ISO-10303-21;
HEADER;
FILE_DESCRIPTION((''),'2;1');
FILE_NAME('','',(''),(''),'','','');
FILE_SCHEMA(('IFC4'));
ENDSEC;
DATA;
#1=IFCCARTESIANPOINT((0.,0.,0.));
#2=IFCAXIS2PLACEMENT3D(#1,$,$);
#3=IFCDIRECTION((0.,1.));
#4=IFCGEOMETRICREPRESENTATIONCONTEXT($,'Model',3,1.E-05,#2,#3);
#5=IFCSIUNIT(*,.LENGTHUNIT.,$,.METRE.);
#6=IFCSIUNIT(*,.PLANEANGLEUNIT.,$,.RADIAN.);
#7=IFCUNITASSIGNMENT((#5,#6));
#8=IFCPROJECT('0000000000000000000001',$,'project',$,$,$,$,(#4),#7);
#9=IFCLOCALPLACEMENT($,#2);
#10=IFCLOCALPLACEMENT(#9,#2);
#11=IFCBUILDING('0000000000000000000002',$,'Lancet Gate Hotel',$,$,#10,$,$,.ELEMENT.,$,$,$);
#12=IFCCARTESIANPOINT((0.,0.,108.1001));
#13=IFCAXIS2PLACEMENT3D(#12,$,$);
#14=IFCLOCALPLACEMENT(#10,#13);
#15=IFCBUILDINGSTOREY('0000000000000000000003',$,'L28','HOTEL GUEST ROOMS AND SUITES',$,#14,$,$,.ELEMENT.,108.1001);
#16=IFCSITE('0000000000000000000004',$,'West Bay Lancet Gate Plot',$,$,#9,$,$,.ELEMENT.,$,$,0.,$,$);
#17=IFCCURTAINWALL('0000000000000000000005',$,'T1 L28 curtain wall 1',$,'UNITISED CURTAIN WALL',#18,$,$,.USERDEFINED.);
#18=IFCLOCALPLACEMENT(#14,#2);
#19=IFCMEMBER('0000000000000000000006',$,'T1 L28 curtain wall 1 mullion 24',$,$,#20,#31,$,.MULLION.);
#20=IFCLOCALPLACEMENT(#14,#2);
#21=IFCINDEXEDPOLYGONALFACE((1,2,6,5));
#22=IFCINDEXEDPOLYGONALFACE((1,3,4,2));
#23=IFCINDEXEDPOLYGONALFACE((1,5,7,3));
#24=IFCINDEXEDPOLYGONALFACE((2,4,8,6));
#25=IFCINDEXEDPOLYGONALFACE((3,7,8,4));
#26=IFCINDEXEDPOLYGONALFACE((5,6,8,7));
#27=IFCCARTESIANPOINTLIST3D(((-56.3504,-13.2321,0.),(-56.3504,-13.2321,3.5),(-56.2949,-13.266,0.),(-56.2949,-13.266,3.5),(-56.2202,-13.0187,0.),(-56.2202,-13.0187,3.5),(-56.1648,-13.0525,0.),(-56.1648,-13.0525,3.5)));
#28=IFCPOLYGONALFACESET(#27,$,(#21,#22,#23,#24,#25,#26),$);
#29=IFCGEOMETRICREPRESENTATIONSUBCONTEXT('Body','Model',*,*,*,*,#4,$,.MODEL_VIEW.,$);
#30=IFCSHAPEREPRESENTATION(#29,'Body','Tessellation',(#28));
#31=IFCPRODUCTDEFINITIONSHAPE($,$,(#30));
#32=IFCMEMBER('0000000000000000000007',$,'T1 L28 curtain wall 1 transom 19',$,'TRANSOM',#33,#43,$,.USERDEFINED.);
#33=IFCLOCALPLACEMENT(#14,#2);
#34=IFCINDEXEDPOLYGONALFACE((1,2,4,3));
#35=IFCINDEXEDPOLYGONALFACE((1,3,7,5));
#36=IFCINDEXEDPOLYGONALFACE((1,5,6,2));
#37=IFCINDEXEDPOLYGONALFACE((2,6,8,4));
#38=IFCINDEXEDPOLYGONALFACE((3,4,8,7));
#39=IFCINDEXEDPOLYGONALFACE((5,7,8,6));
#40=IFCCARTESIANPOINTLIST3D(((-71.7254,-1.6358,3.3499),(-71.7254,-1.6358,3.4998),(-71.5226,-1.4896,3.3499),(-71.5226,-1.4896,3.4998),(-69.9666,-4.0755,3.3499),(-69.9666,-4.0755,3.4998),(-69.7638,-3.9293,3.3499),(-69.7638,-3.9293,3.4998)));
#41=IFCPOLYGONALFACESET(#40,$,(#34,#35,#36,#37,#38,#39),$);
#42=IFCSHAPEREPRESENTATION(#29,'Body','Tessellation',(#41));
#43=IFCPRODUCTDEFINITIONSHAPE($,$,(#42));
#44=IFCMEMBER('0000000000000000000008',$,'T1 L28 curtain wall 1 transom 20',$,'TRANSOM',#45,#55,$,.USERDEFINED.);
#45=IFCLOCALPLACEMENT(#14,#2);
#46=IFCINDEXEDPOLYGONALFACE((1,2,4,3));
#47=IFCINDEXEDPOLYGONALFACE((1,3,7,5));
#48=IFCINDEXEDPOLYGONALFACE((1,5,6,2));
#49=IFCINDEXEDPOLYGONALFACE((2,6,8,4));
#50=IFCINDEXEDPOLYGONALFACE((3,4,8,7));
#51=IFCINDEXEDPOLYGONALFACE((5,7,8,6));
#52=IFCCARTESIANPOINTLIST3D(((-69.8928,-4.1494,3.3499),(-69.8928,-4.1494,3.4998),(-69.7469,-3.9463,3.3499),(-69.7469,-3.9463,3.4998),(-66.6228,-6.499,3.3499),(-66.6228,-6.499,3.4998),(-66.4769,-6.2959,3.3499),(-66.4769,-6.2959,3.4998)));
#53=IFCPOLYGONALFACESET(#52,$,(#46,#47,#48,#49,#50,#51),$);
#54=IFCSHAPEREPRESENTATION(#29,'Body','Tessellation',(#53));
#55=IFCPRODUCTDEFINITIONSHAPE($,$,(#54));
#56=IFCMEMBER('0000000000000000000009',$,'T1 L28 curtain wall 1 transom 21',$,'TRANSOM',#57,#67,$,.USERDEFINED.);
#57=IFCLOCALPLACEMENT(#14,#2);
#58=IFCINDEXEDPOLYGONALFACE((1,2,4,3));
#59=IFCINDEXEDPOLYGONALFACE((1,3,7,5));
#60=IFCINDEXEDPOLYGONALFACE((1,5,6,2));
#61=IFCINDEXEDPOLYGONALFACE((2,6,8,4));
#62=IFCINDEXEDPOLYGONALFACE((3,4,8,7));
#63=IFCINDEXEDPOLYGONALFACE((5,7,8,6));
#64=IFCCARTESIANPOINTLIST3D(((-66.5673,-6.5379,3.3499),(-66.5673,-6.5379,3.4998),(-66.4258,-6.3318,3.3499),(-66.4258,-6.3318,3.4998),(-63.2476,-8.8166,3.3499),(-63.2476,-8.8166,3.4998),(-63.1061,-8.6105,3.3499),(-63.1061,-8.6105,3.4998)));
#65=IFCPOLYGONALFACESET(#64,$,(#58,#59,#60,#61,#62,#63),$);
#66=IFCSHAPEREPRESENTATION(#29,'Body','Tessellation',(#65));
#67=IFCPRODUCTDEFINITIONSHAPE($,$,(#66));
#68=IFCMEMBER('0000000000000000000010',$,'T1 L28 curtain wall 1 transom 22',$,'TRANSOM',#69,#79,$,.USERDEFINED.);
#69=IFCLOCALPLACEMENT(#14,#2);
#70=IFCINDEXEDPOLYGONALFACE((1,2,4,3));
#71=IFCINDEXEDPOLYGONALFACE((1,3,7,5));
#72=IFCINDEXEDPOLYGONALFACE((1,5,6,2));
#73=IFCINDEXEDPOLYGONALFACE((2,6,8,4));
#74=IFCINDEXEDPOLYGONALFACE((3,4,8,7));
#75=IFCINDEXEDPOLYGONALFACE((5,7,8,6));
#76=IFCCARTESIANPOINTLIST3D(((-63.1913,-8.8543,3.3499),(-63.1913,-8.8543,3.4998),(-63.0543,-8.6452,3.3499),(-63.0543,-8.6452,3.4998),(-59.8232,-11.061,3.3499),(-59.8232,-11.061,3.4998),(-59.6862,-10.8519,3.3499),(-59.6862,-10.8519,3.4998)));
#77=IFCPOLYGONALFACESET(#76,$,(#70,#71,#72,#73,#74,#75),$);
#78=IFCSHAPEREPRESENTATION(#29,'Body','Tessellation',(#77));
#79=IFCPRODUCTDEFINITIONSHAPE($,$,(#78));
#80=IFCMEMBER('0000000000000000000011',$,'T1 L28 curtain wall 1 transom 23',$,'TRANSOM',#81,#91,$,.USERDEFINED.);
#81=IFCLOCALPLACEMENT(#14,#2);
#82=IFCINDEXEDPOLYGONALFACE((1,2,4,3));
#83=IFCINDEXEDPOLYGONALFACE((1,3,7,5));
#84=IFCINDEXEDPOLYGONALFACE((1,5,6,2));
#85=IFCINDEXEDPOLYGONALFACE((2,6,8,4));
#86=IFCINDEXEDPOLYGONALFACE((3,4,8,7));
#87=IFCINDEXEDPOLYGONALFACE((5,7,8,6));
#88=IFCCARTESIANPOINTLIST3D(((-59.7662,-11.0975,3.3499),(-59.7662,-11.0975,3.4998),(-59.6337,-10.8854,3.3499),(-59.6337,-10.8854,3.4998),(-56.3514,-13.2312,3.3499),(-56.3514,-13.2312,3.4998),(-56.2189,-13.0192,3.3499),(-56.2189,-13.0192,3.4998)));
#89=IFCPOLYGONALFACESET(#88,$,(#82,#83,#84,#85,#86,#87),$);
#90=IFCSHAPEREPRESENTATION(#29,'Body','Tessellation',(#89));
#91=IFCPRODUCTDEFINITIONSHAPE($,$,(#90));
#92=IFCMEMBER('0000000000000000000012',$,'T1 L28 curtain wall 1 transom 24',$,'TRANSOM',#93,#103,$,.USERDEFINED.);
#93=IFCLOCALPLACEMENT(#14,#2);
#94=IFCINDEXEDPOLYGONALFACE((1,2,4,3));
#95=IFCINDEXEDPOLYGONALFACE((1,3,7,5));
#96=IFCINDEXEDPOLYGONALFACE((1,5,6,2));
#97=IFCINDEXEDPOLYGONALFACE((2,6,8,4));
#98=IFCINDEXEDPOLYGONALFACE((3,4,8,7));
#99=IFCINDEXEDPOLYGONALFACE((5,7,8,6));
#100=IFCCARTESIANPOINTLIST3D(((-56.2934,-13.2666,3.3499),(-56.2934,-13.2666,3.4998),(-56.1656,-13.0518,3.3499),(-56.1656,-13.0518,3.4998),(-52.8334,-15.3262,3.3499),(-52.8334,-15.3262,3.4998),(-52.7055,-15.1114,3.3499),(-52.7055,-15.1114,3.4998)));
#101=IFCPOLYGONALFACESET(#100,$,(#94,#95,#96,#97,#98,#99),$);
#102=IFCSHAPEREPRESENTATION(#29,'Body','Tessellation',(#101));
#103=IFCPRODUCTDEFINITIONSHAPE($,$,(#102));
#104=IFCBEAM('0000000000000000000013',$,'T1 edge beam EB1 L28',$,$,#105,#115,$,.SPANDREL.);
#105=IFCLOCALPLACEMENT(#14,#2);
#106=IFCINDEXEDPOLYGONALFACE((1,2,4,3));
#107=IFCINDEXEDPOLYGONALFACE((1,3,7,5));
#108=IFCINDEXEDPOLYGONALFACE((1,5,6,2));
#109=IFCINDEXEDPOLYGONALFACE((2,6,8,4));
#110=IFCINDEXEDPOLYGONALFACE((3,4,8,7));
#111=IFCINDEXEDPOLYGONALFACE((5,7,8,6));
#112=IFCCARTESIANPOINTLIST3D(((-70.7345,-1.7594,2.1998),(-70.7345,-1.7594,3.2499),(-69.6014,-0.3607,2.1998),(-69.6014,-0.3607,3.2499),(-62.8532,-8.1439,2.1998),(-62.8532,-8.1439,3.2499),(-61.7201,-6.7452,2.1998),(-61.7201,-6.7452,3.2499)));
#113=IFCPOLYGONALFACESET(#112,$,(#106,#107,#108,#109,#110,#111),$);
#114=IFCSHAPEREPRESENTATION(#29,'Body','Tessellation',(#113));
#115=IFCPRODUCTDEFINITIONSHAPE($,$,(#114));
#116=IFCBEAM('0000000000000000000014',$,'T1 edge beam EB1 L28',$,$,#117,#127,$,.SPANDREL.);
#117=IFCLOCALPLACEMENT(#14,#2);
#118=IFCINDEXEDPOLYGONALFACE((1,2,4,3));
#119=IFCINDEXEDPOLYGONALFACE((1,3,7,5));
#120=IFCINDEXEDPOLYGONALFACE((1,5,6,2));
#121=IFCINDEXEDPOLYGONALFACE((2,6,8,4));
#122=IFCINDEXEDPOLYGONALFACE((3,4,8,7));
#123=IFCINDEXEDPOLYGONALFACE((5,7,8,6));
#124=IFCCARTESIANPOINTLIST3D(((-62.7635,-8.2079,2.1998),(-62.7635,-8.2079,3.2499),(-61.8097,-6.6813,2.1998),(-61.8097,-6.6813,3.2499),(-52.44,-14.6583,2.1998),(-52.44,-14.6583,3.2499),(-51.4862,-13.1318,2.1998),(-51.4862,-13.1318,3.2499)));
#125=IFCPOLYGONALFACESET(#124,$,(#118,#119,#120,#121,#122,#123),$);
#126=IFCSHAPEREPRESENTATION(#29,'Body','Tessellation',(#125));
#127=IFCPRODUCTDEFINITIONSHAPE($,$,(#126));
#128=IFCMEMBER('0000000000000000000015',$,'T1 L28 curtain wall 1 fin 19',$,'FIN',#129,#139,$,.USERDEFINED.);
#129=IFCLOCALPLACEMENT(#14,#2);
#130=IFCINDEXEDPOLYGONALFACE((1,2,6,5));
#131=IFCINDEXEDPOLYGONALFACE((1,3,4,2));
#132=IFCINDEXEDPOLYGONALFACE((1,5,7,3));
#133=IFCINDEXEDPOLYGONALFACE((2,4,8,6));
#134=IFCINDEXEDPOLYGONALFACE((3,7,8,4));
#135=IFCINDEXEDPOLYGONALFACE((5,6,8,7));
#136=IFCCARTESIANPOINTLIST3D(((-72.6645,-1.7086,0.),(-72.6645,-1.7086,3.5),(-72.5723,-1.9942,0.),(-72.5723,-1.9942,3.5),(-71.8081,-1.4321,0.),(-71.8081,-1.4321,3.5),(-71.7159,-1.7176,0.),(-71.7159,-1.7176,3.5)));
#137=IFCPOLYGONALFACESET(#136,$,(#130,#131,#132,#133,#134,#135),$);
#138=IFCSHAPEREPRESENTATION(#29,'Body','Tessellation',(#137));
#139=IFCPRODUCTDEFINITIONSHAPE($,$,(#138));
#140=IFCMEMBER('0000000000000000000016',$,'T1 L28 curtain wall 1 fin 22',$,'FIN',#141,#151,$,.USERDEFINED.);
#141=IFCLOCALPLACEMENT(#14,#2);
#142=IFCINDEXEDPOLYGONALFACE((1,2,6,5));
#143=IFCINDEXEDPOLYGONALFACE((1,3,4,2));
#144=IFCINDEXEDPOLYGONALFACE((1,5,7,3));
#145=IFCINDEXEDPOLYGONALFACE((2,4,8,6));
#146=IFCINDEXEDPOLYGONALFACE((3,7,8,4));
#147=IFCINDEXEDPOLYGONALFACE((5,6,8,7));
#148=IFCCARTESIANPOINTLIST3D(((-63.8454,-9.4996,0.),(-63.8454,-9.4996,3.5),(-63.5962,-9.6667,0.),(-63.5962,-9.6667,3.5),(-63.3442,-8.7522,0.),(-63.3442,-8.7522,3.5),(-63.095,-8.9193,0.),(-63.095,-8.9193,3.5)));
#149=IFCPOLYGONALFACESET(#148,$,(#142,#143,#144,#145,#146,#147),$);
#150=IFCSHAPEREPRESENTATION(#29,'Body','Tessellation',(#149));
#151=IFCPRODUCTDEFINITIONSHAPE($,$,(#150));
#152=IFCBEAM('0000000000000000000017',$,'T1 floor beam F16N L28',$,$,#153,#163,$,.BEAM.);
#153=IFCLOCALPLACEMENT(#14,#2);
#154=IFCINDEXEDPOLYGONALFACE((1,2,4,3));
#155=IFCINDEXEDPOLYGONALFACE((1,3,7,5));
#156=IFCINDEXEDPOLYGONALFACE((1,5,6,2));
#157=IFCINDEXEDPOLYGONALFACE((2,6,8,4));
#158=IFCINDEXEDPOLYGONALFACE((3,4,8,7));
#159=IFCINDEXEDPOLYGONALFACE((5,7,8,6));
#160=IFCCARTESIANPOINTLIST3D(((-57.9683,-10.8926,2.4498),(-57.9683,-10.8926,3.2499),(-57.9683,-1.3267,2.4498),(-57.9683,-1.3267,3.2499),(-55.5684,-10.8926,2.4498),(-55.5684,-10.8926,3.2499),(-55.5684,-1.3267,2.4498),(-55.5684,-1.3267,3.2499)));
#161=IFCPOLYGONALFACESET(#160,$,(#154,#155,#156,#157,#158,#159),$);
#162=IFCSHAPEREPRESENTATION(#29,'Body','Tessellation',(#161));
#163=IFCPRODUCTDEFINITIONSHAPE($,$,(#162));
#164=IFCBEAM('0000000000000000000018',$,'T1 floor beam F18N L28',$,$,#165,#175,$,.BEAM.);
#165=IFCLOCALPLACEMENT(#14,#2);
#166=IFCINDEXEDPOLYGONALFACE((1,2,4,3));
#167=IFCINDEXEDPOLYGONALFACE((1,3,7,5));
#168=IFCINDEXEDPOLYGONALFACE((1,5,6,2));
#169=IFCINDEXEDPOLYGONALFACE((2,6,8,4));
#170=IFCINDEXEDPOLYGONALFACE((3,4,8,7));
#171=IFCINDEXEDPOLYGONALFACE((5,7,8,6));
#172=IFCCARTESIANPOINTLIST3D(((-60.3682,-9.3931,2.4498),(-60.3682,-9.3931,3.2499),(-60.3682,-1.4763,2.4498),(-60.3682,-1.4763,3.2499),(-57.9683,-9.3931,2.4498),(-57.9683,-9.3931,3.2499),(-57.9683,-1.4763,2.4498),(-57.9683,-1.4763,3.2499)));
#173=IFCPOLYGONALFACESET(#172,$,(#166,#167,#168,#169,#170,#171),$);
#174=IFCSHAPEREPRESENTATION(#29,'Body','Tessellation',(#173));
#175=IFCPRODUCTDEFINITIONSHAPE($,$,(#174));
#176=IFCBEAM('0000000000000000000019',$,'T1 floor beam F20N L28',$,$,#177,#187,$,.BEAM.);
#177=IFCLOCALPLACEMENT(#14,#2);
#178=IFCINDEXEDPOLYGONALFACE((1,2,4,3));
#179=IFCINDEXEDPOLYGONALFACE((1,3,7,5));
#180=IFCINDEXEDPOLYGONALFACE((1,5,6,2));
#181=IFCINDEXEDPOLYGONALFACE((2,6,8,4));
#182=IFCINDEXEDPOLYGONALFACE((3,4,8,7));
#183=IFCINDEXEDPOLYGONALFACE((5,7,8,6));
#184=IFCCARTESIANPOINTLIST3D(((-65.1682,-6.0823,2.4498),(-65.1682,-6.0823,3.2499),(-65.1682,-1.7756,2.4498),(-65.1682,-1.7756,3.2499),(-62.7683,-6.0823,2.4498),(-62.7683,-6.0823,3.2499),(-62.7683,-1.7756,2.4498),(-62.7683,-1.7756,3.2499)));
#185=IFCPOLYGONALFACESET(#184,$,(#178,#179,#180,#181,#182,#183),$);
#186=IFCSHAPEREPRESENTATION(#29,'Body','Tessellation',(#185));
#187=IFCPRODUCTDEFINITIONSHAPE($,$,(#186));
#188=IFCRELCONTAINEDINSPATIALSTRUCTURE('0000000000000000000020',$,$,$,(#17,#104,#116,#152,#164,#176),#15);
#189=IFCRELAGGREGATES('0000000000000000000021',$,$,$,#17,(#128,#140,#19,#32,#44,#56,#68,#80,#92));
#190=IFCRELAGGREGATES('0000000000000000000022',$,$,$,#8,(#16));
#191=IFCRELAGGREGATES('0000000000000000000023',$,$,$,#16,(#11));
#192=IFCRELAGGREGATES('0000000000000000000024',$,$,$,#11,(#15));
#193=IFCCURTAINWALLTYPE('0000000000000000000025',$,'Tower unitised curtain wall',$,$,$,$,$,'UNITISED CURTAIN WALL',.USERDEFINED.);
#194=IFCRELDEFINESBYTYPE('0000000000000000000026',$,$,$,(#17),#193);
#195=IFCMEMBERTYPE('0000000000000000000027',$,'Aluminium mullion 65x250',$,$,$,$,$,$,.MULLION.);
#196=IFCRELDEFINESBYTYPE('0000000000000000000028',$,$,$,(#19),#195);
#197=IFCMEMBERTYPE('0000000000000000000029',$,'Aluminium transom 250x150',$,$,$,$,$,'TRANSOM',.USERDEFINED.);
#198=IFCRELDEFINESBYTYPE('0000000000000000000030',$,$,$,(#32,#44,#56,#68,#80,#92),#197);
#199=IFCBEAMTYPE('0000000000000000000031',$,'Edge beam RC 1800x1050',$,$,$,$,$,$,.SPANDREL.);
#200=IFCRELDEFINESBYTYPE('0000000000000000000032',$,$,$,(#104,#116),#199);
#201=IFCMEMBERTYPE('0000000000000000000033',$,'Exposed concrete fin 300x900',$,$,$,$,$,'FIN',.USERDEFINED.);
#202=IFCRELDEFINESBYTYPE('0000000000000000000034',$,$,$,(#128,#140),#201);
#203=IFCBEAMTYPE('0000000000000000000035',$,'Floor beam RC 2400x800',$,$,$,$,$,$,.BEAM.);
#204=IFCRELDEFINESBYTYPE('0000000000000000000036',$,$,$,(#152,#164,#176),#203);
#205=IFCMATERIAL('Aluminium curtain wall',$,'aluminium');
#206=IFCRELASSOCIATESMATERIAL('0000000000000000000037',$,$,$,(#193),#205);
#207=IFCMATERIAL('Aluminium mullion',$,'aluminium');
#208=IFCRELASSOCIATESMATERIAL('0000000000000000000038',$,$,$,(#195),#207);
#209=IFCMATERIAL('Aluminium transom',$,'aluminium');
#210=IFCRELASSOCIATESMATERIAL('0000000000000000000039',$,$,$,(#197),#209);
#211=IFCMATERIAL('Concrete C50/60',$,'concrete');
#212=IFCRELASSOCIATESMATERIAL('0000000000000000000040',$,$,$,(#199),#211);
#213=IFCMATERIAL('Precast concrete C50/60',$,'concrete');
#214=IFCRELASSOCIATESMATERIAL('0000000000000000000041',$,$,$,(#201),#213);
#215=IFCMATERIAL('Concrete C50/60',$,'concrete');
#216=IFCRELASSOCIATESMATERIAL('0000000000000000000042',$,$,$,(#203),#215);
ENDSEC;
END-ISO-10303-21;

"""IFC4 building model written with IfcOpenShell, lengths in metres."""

from ifc_helpers import new_model, si_unit, direction, frame, origin, origin_2d, place, context, subcontext, project, spatial, rectangle, extrude, material, material_profile, profile_set, type_object, element, aggregate, save


model = new_model("IFC4")

# Units and contexts
model_context = context("Model", 3, precision=1e-05, world=origin(), true_north=direction((0.0, 1.0)))
body_context = subcontext(model_context, "Body", "Model", "MODEL_VIEW")
ifc_project = project(units=[si_unit("LENGTHUNIT", "METRE"), si_unit("PLANEANGLEUNIT", "RADIAN")], contexts=[model_context])

# Site, building, storey
site_placement = place(None, origin())
site = spatial("IfcSite", under=ifc_project, at=site_placement, Name="West Bay Lancet Gate Plot", CompositionType="ELEMENT", RefElevation=0.0)
building_placement = place(site_placement, origin())
building = spatial("IfcBuilding", under=site, at=building_placement, Name="Lancet Gate Hotel", CompositionType="ELEMENT")
storey_placement = place(building_placement, frame((0.0, 0.0, 108.1001)))
storey = spatial("IfcBuildingStorey", under=building, at=storey_placement, Name="L28", Description="HOTEL GUEST ROOMS AND SUITES", CompositionType="ELEMENT", Elevation=108.1001)

# Curtain wall, members
ifc_material_1 = material(Name="Aluminium curtain wall", Category="aluminium")
curtain_wall_type = type_object("IfcCurtainWallType", Name="Tower unitised curtain wall", ElementType="UNITISED CURTAIN WALL", PredefinedType="USERDEFINED", material=ifc_material_1)
curtain_wall_placement = place(storey_placement, origin())
curtain_wall = element("IfcCurtainWall", 1, at=curtain_wall_placement, inside=storey, type_object=curtain_wall_type, Name="T1 L28 curtain wall 1", ObjectType="UNITISED CURTAIN WALL", PredefinedType="USERDEFINED")
ifc_material_2 = material(Name="Aluminium mullion", Category="aluminium")
ifc_material_profile_1 = material_profile(ifc_material_2, rectangle(XDim=0.0649, YDim=0.25, at=origin_2d()), Name="MULLION 65x250")
ifc_profile_set_1 = profile_set([ifc_material_profile_1], Name="Aluminium mullion")
member_type_1 = type_object("IfcMemberType", Name="Aluminium mullion 65x250", PredefinedType="MULLION", material=ifc_profile_set_1)
member_1_placement = place(storey_placement, frame((-56.2576, -13.1423, 0.0), z_axis=(0.0, 0.0, 1.0), x_axis=(0.853716, -0.520739, 0.0)))
member_1 = element("IfcMember", 2, at=member_1_placement, type_object=member_type_1, Name="T1 L28 curtain wall 1 mullion 24", PredefinedType="MULLION", context=body_context, shape_type="SweptSolid", body=[
    extrude(rectangle(XDim=0.0649, YDim=0.25, at=origin_2d()), origin(), (0.0, 0.0, 1.0), 3.5),
])
ifc_material_3 = material(Name="Aluminium transom", Category="aluminium")
ifc_material_profile_2 = material_profile(ifc_material_3, rectangle(XDim=0.25, YDim=0.1499, at=origin_2d()), Name="TRANSOM 250x150")
ifc_profile_set_2 = profile_set([ifc_material_profile_2], Name="Aluminium transom")
member_type_2 = type_object("IfcMemberType", Name="Aluminium transom 250x150", ElementType="TRANSOM", PredefinedType="USERDEFINED", material=ifc_profile_set_2)
member_2_placement = place(storey_placement, frame((-71.624, -1.5627, 3.4248), z_axis=(0.584788, -0.811186, 0.0), x_axis=(0.811186, 0.584788, 0.0)))
member_2 = element("IfcMember", 3, at=member_2_placement, type_object=member_type_2, Name="T1 L28 curtain wall 1 transom 19", ObjectType="TRANSOM", PredefinedType="USERDEFINED", context=body_context, shape_type="SweptSolid", body=[
    extrude(rectangle(XDim=0.25, YDim=0.1499, at=origin_2d()), origin(), (0.0, 0.0, 1.0), 3.0076),
])
member_3_placement = place(storey_placement, frame((-69.8198, -4.0479, 3.4248), z_axis=(0.8121, -0.583519, 0.0), x_axis=(0.583519, 0.8121, 0.0)))
member_3 = element("IfcMember", 4, at=member_3_placement, type_object=member_type_2, Name="T1 L28 curtain wall 1 transom 20", ObjectType="TRANSOM", PredefinedType="USERDEFINED", context=body_context, shape_type="SweptSolid", body=[
    extrude(rectangle(XDim=0.25, YDim=0.1499, at=origin_2d()), origin(), (0.0, 0.0, 1.0), 4.0266),
])
member_4_placement = place(storey_placement, frame((-66.4966, -6.4348, 3.4248), z_axis=(0.824456, -0.565927, 0.0), x_axis=(0.565927, 0.824456, 0.0)))
member_4 = element("IfcMember", 5, at=member_4_placement, type_object=member_type_2, Name="T1 L28 curtain wall 1 transom 21", ObjectType="TRANSOM", PredefinedType="USERDEFINED", context=body_context, shape_type="SweptSolid", body=[
    extrude(rectangle(XDim=0.25, YDim=0.1499, at=origin_2d()), origin(), (0.0, 0.0, 1.0), 4.0266),
])
member_5_placement = place(storey_placement, frame((-63.1228, -8.7498, 3.4248), z_axis=(0.836454, -0.548036, 0.0), x_axis=(0.548036, 0.836454, 0.0)))
member_5 = element("IfcMember", 6, at=member_5_placement, type_object=member_type_2, Name="T1 L28 curtain wall 1 transom 22", ObjectType="TRANSOM", PredefinedType="USERDEFINED", context=body_context, shape_type="SweptSolid", body=[
    extrude(rectangle(XDim=0.25, YDim=0.1499, at=origin_2d()), origin(), (0.0, 0.0, 1.0), 4.0266),
])
member_6_placement = place(storey_placement, frame((-59.7, -10.9915, 3.4248), z_axis=(0.848049, -0.529917, 0.0), x_axis=(0.529917, 0.848049, 0.0)))
member_6 = element("IfcMember", 7, at=member_6_placement, type_object=member_type_2, Name="T1 L28 curtain wall 1 transom 23", ObjectType="TRANSOM", PredefinedType="USERDEFINED", context=body_context, shape_type="SweptSolid", body=[
    extrude(rectangle(XDim=0.25, YDim=0.1499, at=origin_2d()), origin(), (0.0, 0.0, 1.0), 4.0266),
])
member_7_placement = place(storey_placement, frame((-56.2295, -13.1592, 3.4248), z_axis=(0.859285, -0.511497, 0.0), x_axis=(0.511497, 0.859285, 0.0)))
member_7 = element("IfcMember", 8, at=member_7_placement, type_object=member_type_2, Name="T1 L28 curtain wall 1 transom 24", ObjectType="TRANSOM", PredefinedType="USERDEFINED", context=body_context, shape_type="SweptSolid", body=[
    extrude(rectangle(XDim=0.25, YDim=0.1499, at=origin_2d()), origin(), (0.0, 0.0, 1.0), 4.0266),
])

# Beams
ifc_material_4 = material(Name="Concrete C50/60", Category="concrete")
ifc_material_profile_3 = material_profile(ifc_material_4, rectangle(XDim=1.8, YDim=1.05, at=origin_2d()), Name="RC 1800x1050")
ifc_profile_set_3 = profile_set([ifc_material_profile_3], Name="Concrete C50/60")
beam_type_1 = type_object("IfcBeamType", Name="Edge beam RC 1800x1050", PredefinedType="SPANDREL", material=ifc_profile_set_3)
beam_1_placement = place(storey_placement, frame((-70.168, -1.0601, 2.7249), z_axis=(0.777034, -0.629459, 0.0), x_axis=(0.629459, 0.777034, 0.0)))
element("IfcBeam", 9, at=beam_1_placement, inside=storey, type_object=beam_type_1, Name="T1 edge beam EB1 L28", PredefinedType="SPANDREL", context=body_context, shape_type="SweptSolid", body=[
    extrude(rectangle(XDim=1.8, YDim=1.05, at=origin_2d()), origin(), (0.0, 0.0, 1.0), 10.1428),
])
beam_2_placement = place(storey_placement, frame((-62.2866, -7.4446, 2.7249), z_axis=(0.848063, -0.529896, 0.0), x_axis=(0.529896, 0.848063, 0.0)))
element("IfcBeam", 10, at=beam_2_placement, inside=storey, type_object=beam_type_1, Name="T1 edge beam EB1 L28", PredefinedType="SPANDREL", context=body_context, shape_type="SweptSolid", body=[
    extrude(rectangle(XDim=1.8, YDim=1.05, at=origin_2d()), origin(), (0.0, 0.0, 1.0), 12.1731),
])

# Members
ifc_material_5 = material(Name="Precast concrete C50/60", Category="concrete")
ifc_material_profile_4 = material_profile(ifc_material_5, rectangle(XDim=0.3, YDim=0.8999, at=origin_2d()), Name="FIN 300x900")
ifc_profile_set_4 = profile_set([ifc_material_profile_4], Name="Precast concrete C50/60")
member_type_3 = type_object("IfcMemberType", Name="Exposed concrete fin 300x900", ElementType="FIN", PredefinedType="USERDEFINED", material=ifc_profile_set_4)
member_8_placement = place(storey_placement, frame((-72.1902, -1.7131, 0.0), z_axis=(0.0, 0.0, 1.0), x_axis=(0.307269, -0.951623, 0.0)))
member_8 = element("IfcMember", 11, at=member_8_placement, type_object=member_type_3, Name="T1 L28 curtain wall 1 fin 19", ObjectType="FIN", PredefinedType="USERDEFINED", context=body_context, shape_type="SweptSolid", body=[
    extrude(rectangle(XDim=0.3, YDim=0.8999, at=origin_2d()), origin(), (0.0, 0.0, 1.0), 3.5),
])
member_9_placement = place(storey_placement, frame((-63.4702, -9.2095, 0.0), z_axis=(0.0, 0.0, 1.0), x_axis=(0.83051, -0.557004, 0.0)))
member_9 = element("IfcMember", 12, at=member_9_placement, type_object=member_type_3, Name="T1 L28 curtain wall 1 fin 22", ObjectType="FIN", PredefinedType="USERDEFINED", context=body_context, shape_type="SweptSolid", body=[
    extrude(rectangle(XDim=0.3, YDim=0.8999, at=origin_2d()), origin(), (0.0, 0.0, 1.0), 3.5),
])

# Beams
ifc_material_6 = material(Name="Concrete C50/60", Category="concrete")
ifc_material_profile_5 = material_profile(ifc_material_6, rectangle(XDim=2.3999, YDim=0.8, at=origin_2d()), Name="RC 2400x800")
ifc_profile_set_5 = profile_set([ifc_material_profile_5], Name="Concrete C50/60")
beam_type_2 = type_object("IfcBeamType", Name="Floor beam RC 2400x800", PredefinedType="BEAM", material=ifc_profile_set_5)
beam_3_placement = place(storey_placement, frame((-56.7683, -1.3267, 2.8499), z_axis=(0.0, -1.0, 0.0), x_axis=(1.0, 0.0, 0.0)))
element("IfcBeam", 13, at=beam_3_placement, inside=storey, type_object=beam_type_2, Name="T1 floor beam F16N L28", PredefinedType="BEAM", context=body_context, shape_type="SweptSolid", body=[
    extrude(rectangle(XDim=2.3999, YDim=0.8, at=origin_2d()), origin(), (0.0, 0.0, 1.0), 9.5659),
])
beam_4_placement = place(storey_placement, frame((-59.1682, -1.4763, 2.8499), z_axis=(0.0, -1.0, 0.0), x_axis=(1.0, 0.0, 0.0)))
element("IfcBeam", 14, at=beam_4_placement, inside=storey, type_object=beam_type_2, Name="T1 floor beam F18N L28", PredefinedType="BEAM", context=body_context, shape_type="SweptSolid", body=[
    extrude(rectangle(XDim=2.3999, YDim=0.8, at=origin_2d()), origin(), (0.0, 0.0, 1.0), 7.9167),
])
beam_5_placement = place(storey_placement, frame((-63.9683, -1.7756, 2.8499), z_axis=(0.0, -1.0, 0.0), x_axis=(1.0, 0.0, 0.0)))
element("IfcBeam", 15, at=beam_5_placement, inside=storey, type_object=beam_type_2, Name="T1 floor beam F20N L28", PredefinedType="BEAM", context=body_context, shape_type="SweptSolid", body=[
    extrude(rectangle(XDim=2.3999, YDim=0.8, at=origin_2d()), origin(), (0.0, 0.0, 1.0), 4.3066),
])

aggregate(curtain_wall, [member_8, member_9, member_1, member_2, member_3, member_4, member_5, member_6, member_7])

save(model, "model.ifc")
